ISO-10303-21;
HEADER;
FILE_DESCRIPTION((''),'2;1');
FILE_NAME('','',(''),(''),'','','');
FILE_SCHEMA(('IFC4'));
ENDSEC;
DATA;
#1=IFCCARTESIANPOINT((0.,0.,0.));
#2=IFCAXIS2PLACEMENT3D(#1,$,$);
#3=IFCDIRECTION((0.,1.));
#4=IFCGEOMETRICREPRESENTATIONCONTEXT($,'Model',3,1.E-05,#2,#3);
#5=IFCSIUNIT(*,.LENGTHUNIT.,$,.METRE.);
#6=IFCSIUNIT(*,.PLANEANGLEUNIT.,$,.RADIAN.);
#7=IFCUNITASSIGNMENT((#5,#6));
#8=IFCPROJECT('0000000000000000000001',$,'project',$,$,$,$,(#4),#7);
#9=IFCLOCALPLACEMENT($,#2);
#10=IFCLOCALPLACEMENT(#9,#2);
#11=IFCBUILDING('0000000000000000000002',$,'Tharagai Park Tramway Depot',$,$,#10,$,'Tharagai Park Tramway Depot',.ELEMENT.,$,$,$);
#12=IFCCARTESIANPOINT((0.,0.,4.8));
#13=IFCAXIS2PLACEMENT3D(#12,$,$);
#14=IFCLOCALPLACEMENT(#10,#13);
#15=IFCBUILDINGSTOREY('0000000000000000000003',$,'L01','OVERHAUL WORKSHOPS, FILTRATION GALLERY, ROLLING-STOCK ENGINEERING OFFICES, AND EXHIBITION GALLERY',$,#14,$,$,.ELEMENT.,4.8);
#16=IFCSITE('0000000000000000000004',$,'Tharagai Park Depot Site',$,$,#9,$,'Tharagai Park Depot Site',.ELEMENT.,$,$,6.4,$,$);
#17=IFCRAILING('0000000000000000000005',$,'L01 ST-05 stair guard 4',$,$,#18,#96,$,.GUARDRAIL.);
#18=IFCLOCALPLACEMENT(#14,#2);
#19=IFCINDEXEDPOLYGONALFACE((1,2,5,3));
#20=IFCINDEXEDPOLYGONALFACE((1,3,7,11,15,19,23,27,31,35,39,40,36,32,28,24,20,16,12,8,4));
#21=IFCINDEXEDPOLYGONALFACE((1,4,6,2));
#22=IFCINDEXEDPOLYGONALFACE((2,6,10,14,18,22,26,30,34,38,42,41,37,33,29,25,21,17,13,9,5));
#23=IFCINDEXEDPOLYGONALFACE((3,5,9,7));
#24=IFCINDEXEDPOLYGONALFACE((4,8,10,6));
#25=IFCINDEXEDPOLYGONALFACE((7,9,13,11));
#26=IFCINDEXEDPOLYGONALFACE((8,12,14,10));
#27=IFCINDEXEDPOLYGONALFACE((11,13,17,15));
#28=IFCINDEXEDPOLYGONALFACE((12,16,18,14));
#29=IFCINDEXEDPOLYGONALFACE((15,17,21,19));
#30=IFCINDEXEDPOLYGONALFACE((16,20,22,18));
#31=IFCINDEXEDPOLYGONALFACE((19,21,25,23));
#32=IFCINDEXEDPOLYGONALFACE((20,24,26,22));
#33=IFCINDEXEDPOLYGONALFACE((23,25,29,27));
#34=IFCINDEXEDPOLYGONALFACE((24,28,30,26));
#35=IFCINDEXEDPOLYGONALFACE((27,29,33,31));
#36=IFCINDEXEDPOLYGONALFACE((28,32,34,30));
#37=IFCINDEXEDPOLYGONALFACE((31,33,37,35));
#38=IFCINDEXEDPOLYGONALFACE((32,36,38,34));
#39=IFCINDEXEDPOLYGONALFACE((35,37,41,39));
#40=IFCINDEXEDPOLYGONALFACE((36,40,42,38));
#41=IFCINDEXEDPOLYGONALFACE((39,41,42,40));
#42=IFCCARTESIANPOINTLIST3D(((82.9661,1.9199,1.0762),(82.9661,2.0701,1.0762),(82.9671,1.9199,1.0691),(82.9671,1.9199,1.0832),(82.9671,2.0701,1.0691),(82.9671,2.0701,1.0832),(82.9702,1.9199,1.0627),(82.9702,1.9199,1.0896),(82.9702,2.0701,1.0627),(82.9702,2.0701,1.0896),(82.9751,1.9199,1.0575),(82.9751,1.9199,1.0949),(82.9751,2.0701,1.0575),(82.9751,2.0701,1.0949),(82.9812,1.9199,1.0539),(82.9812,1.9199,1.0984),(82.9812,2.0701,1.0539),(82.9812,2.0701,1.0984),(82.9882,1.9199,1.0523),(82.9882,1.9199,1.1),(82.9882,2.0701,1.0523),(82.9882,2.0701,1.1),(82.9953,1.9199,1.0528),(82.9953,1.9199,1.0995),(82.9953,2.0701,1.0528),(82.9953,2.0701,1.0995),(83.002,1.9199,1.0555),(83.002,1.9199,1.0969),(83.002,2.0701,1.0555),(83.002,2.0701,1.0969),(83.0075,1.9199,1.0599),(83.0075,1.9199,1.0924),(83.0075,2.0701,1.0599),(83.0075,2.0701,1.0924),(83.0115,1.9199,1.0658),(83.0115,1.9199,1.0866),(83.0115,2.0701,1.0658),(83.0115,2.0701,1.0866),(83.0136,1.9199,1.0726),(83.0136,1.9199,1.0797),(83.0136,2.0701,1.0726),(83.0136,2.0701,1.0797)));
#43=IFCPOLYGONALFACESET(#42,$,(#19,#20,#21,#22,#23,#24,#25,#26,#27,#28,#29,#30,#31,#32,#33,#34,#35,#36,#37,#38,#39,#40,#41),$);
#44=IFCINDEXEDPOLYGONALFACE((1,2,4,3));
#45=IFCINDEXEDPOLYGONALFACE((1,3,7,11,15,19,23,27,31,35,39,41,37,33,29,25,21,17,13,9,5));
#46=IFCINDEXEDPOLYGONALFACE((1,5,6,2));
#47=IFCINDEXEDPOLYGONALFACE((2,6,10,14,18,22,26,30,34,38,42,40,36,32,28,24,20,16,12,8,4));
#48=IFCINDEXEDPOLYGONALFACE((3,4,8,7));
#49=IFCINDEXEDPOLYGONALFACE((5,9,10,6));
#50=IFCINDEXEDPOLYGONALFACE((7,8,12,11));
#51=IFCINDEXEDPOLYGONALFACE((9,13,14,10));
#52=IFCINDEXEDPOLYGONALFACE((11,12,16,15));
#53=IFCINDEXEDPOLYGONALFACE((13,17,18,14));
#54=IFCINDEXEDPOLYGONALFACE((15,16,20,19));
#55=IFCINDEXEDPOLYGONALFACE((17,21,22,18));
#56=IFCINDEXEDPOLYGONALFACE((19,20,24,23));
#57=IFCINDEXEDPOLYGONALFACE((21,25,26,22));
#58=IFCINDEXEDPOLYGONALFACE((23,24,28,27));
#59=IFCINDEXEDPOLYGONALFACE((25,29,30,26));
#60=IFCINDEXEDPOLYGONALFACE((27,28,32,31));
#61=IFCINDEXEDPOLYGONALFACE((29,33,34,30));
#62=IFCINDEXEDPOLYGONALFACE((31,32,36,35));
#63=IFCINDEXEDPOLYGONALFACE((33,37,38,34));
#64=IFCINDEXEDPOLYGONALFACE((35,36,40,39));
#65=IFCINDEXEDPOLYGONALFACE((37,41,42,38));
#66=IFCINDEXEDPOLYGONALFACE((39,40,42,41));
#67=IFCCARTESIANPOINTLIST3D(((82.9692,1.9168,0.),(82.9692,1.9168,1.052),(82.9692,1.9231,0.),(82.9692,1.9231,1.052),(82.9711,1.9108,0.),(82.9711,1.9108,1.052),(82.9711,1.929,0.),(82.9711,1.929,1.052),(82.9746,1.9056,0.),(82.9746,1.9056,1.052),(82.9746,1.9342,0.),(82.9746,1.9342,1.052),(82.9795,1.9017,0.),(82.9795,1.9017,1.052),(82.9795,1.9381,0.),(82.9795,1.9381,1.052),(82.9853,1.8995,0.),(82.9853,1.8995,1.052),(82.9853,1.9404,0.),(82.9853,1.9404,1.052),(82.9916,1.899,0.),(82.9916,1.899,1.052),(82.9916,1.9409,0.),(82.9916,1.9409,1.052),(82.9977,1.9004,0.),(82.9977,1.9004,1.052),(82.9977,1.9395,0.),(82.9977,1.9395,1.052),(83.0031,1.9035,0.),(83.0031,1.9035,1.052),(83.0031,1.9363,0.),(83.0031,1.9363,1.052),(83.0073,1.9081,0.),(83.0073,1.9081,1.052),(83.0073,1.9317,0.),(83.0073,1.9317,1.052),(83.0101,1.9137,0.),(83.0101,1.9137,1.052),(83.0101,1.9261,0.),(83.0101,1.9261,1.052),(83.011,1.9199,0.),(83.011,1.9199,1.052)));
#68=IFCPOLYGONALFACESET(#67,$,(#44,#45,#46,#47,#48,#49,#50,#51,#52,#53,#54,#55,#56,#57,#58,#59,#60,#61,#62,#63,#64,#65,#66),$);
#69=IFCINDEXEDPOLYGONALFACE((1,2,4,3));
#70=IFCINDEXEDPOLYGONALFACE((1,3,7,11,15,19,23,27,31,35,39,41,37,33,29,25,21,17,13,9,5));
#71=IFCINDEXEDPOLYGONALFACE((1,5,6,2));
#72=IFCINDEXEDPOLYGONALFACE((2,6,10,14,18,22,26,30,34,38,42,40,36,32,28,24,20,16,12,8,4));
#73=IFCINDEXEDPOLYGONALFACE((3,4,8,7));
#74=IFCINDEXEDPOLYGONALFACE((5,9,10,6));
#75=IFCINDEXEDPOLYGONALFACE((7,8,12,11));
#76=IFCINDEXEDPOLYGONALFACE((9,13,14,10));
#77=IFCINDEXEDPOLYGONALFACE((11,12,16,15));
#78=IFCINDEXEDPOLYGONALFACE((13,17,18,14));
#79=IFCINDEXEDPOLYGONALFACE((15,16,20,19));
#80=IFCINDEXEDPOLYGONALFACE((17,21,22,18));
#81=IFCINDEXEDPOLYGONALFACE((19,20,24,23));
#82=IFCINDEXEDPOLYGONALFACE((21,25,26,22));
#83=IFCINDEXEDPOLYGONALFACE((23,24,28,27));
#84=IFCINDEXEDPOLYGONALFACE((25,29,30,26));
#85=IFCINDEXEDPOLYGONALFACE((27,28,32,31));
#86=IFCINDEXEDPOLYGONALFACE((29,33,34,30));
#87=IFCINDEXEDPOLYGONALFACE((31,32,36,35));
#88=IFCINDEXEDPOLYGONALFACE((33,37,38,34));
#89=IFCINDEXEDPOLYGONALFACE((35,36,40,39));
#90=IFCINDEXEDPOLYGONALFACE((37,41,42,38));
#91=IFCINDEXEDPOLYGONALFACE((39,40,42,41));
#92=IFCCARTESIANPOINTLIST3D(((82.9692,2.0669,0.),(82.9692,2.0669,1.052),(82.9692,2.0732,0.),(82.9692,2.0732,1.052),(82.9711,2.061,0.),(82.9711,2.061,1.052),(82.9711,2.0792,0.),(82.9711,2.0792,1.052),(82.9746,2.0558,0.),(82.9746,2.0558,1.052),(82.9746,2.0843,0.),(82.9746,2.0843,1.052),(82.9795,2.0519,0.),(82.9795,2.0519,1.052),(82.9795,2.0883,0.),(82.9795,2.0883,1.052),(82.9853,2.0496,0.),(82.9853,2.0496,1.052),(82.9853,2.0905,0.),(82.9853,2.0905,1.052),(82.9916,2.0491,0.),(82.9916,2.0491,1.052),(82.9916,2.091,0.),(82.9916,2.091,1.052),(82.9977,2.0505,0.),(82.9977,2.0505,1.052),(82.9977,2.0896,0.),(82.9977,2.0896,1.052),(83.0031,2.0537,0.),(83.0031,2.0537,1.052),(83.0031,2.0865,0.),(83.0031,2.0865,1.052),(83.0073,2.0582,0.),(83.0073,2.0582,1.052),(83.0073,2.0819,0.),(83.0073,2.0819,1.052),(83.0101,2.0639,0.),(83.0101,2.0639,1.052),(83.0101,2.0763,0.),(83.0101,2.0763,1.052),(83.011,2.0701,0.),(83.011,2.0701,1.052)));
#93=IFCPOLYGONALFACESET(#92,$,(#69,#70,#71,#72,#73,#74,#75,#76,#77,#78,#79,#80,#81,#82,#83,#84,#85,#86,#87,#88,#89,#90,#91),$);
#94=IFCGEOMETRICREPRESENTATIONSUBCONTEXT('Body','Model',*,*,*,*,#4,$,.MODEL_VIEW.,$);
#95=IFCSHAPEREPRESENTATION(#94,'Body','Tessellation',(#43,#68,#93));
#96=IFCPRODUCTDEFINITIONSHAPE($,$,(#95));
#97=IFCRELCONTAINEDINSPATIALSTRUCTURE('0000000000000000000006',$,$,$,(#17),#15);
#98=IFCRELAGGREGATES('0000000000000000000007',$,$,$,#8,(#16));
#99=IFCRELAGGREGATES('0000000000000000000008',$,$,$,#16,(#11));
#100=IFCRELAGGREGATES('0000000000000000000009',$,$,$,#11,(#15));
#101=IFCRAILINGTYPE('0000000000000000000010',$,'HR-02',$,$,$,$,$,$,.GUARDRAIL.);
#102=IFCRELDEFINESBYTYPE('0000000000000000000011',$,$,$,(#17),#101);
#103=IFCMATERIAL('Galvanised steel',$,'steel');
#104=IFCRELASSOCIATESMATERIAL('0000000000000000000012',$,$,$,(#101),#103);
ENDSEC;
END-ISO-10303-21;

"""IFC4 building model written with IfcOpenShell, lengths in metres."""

from ifc_helpers import new_model, si_unit, direction, frame, origin, origin_2d, place, context, subcontext, project, spatial, circle, extrude, material, type_object, element, save


model = new_model("IFC4")

# Units and contexts
model_context = context("Model", 3, precision=1e-05, world=origin(), true_north=direction((0.0, 1.0)))
body_context = subcontext(model_context, "Body", "Model", "MODEL_VIEW")
ifc_project = project(units=[si_unit("LENGTHUNIT", "METRE"), si_unit("PLANEANGLEUNIT", "RADIAN")], contexts=[model_context])

# Site, building, storey
site_placement = place(None, origin())
site = spatial("IfcSite", under=ifc_project, at=site_placement, Name="Tharagai Park Depot Site", LongName="Tharagai Park Depot Site", CompositionType="ELEMENT", RefElevation=6.4)
building_placement = place(site_placement, origin())
building = spatial("IfcBuilding", under=site, at=building_placement, Name="Tharagai Park Tramway Depot", LongName="Tharagai Park Tramway Depot", CompositionType="ELEMENT")
storey_placement = place(building_placement, frame((0.0, 0.0, 4.8)))
storey = spatial("IfcBuildingStorey", under=building, at=storey_placement, Name="L01", Description="OVERHAUL WORKSHOPS, FILTRATION GALLERY, ROLLING-STOCK ENGINEERING OFFICES, AND EXHIBITION GALLERY", CompositionType="ELEMENT", Elevation=4.8)

# Shared definitions
ifc_material_1 = material(Name="Galvanised steel", Category="steel")

# Railing
railing_type_1 = type_object("IfcRailingType", Name="HR-02", PredefinedType="GUARDRAIL", material=ifc_material_1)
railing_1_placement = place(storey_placement, frame((82.99, 1.9199, 0.0)))
element("IfcRailing", 1, at=railing_1_placement, inside=storey, type_object=railing_type_1, Name="L01 ST-05 stair guard 4", PredefinedType="GUARDRAIL", context=body_context, shape_type="SweptSolid", body=[
    extrude(circle(Radius=0.0239, at=origin_2d()), frame((0.0, 0.0, 1.0762), z_axis=(0.0, 1.0, 0.0), x_axis=(-1.0, 0.0, 0.0)), (0.0, 0.0, 1.0), 0.1501),
    extrude(circle(Radius=0.021, at=origin_2d()), origin(), (0.0, 0.0, 1.0), 1.052),
    extrude(circle(Radius=0.021, at=origin_2d()), frame((0.0, 0.1501, 0.0)), (0.0, 0.0, 1.0), 1.052),
])

save(model, "model.ifc")
